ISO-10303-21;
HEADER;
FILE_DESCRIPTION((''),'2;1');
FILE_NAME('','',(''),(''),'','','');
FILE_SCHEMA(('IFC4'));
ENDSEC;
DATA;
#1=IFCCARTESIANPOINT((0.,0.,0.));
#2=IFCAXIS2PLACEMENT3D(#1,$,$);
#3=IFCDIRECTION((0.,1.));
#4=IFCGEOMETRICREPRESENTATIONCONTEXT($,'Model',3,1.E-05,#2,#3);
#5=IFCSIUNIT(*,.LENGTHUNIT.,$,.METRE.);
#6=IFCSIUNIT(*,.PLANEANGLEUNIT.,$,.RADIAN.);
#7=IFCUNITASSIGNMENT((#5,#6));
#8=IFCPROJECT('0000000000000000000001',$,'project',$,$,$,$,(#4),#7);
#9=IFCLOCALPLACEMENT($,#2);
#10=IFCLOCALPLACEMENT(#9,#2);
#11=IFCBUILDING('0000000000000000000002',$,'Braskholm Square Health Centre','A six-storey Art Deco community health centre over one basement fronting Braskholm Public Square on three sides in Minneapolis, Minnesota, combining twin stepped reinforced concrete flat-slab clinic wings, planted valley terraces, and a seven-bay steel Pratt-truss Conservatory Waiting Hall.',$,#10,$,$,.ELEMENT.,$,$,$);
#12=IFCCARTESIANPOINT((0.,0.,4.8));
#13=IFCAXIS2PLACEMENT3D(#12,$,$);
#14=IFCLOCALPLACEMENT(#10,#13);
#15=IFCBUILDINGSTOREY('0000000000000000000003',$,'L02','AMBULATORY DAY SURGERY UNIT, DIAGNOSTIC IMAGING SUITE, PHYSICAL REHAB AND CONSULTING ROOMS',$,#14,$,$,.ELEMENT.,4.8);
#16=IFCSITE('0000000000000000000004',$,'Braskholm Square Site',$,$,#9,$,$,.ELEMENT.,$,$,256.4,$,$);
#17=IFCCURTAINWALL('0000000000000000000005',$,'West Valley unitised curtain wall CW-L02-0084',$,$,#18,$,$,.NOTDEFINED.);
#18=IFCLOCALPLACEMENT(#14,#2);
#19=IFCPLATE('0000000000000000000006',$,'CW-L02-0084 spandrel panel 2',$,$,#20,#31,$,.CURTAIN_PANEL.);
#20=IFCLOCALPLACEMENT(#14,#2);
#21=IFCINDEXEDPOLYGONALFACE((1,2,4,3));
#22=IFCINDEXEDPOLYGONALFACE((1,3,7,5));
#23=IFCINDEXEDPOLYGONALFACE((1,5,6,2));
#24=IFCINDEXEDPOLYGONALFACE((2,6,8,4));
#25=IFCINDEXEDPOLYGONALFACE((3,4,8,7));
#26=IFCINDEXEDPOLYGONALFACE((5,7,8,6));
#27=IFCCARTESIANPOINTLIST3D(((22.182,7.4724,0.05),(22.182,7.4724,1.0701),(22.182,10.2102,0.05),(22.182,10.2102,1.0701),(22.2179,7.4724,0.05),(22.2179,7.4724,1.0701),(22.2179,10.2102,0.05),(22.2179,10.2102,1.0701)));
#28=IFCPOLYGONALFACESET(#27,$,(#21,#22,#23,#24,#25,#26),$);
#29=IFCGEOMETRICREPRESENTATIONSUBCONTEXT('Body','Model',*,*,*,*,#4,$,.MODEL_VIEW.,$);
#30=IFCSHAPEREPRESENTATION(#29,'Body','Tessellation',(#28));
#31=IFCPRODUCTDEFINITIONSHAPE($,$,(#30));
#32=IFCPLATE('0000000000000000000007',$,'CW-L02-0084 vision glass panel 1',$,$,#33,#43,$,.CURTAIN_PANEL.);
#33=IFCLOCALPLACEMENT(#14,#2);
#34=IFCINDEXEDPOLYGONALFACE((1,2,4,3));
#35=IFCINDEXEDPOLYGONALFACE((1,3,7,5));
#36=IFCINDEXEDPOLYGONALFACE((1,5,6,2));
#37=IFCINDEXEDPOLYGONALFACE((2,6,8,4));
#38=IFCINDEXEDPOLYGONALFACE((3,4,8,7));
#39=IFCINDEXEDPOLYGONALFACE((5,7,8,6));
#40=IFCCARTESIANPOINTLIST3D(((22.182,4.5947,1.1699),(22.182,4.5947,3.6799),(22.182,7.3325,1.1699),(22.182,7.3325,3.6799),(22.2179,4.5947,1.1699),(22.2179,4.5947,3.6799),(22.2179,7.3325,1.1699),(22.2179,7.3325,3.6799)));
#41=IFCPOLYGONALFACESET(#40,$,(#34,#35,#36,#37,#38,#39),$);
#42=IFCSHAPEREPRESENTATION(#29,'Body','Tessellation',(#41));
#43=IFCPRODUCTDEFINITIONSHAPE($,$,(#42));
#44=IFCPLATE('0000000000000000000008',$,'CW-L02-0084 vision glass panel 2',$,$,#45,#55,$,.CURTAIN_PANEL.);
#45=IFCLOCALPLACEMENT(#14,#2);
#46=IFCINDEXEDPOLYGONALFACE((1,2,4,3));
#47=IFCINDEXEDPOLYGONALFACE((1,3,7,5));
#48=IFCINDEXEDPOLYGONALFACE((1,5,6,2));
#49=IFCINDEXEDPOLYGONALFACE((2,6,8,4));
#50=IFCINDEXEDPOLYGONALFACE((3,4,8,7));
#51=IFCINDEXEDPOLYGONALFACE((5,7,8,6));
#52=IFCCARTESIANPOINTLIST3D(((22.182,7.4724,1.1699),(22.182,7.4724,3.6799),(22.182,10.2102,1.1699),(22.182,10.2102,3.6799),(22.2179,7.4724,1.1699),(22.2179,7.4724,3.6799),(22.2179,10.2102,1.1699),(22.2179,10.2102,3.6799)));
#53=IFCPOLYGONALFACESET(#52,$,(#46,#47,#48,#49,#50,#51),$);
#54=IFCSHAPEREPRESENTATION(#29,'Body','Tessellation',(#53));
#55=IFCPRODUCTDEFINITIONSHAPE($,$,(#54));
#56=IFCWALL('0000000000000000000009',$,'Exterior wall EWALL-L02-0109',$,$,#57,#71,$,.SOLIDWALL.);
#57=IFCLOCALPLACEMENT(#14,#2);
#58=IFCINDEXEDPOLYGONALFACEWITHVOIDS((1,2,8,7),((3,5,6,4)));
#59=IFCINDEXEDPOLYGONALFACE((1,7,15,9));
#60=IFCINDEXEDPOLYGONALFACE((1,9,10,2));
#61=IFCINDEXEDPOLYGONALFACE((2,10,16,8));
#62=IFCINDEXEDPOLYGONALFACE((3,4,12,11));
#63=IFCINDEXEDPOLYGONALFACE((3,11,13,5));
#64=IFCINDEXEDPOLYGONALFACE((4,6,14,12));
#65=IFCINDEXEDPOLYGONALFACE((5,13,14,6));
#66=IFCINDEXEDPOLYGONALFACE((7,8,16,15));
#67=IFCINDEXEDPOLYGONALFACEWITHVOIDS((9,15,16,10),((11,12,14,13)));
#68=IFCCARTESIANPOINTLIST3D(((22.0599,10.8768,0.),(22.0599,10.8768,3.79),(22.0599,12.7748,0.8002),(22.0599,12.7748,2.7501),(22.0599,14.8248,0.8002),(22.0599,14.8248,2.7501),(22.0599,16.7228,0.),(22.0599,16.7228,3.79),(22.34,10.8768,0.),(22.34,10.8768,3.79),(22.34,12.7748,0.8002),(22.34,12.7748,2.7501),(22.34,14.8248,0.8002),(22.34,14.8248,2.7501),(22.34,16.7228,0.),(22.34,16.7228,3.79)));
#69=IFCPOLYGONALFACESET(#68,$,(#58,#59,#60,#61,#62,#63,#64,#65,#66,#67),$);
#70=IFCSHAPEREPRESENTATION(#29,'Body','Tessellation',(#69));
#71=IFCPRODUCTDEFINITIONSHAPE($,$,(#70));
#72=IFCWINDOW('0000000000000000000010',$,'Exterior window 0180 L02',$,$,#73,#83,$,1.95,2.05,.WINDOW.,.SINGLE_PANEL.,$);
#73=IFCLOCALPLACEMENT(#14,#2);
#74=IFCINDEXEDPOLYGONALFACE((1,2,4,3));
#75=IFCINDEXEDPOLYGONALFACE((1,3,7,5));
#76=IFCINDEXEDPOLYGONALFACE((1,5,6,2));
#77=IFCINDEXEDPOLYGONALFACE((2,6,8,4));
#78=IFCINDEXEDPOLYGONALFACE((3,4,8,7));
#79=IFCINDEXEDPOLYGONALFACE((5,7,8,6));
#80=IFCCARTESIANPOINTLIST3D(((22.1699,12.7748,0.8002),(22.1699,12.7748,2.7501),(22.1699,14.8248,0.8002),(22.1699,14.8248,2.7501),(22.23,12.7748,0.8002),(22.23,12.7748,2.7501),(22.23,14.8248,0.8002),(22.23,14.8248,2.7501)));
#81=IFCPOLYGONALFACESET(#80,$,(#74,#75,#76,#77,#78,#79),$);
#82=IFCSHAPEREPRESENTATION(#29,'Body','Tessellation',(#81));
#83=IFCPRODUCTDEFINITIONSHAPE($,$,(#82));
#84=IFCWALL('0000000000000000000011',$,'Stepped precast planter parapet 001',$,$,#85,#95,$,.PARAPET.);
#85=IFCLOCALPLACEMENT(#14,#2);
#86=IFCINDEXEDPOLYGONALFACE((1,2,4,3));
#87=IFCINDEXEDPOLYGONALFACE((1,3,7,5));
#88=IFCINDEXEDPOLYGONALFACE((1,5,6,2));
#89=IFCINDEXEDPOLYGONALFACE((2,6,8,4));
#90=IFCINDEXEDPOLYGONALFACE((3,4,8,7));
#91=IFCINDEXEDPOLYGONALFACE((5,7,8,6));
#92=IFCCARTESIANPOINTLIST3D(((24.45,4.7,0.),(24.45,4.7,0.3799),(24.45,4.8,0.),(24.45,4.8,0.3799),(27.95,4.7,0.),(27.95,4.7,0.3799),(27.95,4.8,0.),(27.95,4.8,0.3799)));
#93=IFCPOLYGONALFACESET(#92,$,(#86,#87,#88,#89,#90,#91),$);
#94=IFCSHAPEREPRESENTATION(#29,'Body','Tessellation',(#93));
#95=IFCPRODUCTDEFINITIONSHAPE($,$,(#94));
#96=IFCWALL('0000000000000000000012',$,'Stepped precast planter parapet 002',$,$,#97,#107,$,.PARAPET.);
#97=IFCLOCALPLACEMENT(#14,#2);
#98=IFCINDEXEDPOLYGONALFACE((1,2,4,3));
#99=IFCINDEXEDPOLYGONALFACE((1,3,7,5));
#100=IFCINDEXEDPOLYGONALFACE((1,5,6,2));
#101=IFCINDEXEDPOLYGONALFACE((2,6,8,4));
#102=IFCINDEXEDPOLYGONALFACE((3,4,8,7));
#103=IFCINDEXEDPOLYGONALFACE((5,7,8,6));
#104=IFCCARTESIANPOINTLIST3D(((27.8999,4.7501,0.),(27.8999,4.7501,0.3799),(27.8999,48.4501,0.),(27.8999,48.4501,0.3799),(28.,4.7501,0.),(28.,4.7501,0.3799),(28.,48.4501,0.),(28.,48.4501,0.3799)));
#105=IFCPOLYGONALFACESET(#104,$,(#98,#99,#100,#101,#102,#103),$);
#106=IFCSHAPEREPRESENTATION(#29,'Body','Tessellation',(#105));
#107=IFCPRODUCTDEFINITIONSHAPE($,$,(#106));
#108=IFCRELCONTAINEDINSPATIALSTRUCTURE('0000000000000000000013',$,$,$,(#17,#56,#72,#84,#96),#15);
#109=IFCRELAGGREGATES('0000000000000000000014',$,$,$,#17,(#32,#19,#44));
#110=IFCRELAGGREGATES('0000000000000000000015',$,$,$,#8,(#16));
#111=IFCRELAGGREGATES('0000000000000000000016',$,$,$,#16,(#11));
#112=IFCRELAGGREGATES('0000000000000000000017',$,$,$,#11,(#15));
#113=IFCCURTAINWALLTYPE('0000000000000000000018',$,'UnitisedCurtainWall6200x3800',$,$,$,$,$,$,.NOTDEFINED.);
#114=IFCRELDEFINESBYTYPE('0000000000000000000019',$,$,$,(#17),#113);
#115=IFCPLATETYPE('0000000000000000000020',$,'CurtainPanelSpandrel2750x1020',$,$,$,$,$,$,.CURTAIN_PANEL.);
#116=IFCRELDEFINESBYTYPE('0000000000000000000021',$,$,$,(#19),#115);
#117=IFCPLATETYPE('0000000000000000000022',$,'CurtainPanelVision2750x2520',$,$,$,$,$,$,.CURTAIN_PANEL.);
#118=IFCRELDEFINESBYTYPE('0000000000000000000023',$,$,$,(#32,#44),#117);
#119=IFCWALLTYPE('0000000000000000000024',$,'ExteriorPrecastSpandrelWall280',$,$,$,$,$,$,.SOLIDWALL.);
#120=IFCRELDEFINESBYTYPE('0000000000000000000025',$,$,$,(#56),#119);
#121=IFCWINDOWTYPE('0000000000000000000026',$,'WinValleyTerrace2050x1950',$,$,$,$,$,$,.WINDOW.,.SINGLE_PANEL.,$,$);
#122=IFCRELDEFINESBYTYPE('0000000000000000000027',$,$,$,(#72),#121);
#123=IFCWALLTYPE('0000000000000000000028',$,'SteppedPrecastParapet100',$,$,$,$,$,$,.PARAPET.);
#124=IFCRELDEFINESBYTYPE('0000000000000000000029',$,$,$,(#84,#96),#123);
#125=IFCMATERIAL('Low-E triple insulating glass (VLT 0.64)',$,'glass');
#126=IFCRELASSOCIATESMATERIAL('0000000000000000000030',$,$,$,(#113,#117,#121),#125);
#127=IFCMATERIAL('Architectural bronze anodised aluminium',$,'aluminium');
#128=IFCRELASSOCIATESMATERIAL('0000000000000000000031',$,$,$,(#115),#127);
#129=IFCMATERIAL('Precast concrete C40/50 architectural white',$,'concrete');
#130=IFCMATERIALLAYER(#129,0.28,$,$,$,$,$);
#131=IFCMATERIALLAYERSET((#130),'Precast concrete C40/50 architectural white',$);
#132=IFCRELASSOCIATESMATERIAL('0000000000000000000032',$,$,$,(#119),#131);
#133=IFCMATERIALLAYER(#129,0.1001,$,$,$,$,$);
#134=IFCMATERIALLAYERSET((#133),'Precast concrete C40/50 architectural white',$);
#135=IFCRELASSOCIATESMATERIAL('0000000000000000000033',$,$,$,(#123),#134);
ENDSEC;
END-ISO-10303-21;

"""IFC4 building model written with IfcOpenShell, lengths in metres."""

from ifc_helpers import new_model, si_unit, direction, frame, frame_2d, origin, origin_with_axes, origin_2d, place, context, subcontext, project, spatial, rectangle, extrude, material, layer, layer_set, type_object, element, fill, aggregate, save


model = new_model("IFC4")

# Units and contexts
model_context = context("Model", 3, precision=1e-05, world=origin(), true_north=direction((0.0, 1.0)))
body_context = subcontext(model_context, "Body", "Model", "MODEL_VIEW")
ifc_project = project(units=[si_unit("LENGTHUNIT", "METRE"), si_unit("PLANEANGLEUNIT", "RADIAN")], contexts=[model_context])

# Site, building, storey
site_placement = place(None, origin())
site = spatial("IfcSite", under=ifc_project, at=site_placement, Name="Braskholm Square Site", CompositionType="ELEMENT", RefElevation=256.4)
building_placement = place(site_placement, origin())
building = spatial("IfcBuilding", under=site, at=building_placement, Name="Braskholm Square Health Centre", Description="A six-storey Art Deco community health centre over one basement fronting Braskholm Public Square on three sides in Minneapolis, Minnesota, combining twin stepped reinforced concrete flat-slab clinic wings, planted valley terraces, and a seven-bay steel Pratt-truss Conservatory Waiting Hall.", CompositionType="ELEMENT")
storey_placement = place(building_placement, frame((0.0, 0.0, 4.8)))
storey = spatial("IfcBuildingStorey", under=building, at=storey_placement, Name="L02", Description="AMBULATORY DAY SURGERY UNIT, DIAGNOSTIC IMAGING SUITE, PHYSICAL REHAB AND CONSULTING ROOMS", CompositionType="ELEMENT", Elevation=4.8)

# Curtain wall
ifc_material_1 = material(Name="Low-E triple insulating glass (VLT 0.64)", Category="glass")
curtain_wall_type = type_object("IfcCurtainWallType", Name="UnitisedCurtainWall6200x3800", PredefinedType="NOTDEFINED", material=ifc_material_1)
curtain_wall_1_placement = place(storey_placement, origin())
curtain_wall_1 = element("IfcCurtainWall", 1, at=curtain_wall_1_placement, inside=storey, type_object=curtain_wall_type, Name="West Valley unitised curtain wall CW-L02-0084", PredefinedType="NOTDEFINED")
ifc_material_2 = material(Name="Architectural bronze anodised aluminium", Category="aluminium")

# Shared definitions
ifc_material_3 = material(Name="Precast concrete C40/50 architectural white", Category="concrete")

# Plates
plate_type_1 = type_object("IfcPlateType", Name="CurtainPanelSpandrel2750x1020", PredefinedType="CURTAIN_PANEL", material=ifc_material_2)
plate_1_placement = place(storey_placement, frame((22.2, 8.8413, 0.05), z_axis=(0.0, 0.0, 1.0), x_axis=(0.0, 1.0, 0.0)))
plate_1 = element("IfcPlate", 2, at=plate_1_placement, type_object=plate_type_1, Name="CW-L02-0084 spandrel panel 2", PredefinedType="CURTAIN_PANEL", context=body_context, shape_type="SweptSolid", body=[
    extrude(rectangle(XDim=2.7378, YDim=0.0359, at=origin_2d()), origin(), (0.0, 0.0, 1.0), 1.02),
])
plate_type_2 = type_object("IfcPlateType", Name="CurtainPanelVision2750x2520", PredefinedType="CURTAIN_PANEL", material=ifc_material_1)
plate_2_placement = place(storey_placement, frame((22.2, 5.9636, 1.1699), z_axis=(0.0, 0.0, 1.0), x_axis=(0.0, 1.0, 0.0)))
plate_2 = element("IfcPlate", 3, at=plate_2_placement, type_object=plate_type_2, Name="CW-L02-0084 vision glass panel 1", PredefinedType="CURTAIN_PANEL", context=body_context, shape_type="SweptSolid", body=[
    extrude(rectangle(XDim=2.7378, YDim=0.0359, at=origin_2d()), origin(), (0.0, 0.0, 1.0), 2.51),
])
plate_3_placement = place(storey_placement, frame((22.2, 8.8413, 1.1699), z_axis=(0.0, 0.0, 1.0), x_axis=(0.0, 1.0, 0.0)))
plate_3 = element("IfcPlate", 4, at=plate_3_placement, type_object=plate_type_2, Name="CW-L02-0084 vision glass panel 2", PredefinedType="CURTAIN_PANEL", context=body_context, shape_type="SweptSolid", body=[
    extrude(rectangle(XDim=2.7378, YDim=0.0359, at=origin_2d()), origin(), (0.0, 0.0, 1.0), 2.51),
])
aggregate(curtain_wall_1, [plate_2, plate_1, plate_3])

# Wall, opening, window
ifc_layer_1 = layer(ifc_material_3, 0.28)
ifc_layer_set_1 = layer_set([ifc_layer_1], Name="Precast concrete C40/50 architectural white")
wall_type_1 = type_object("IfcWallType", Name="ExteriorPrecastSpandrelWall280", PredefinedType="SOLIDWALL", material=ifc_layer_set_1)
wall_1_placement = place(storey_placement, frame((22.2, 10.877, 0.0), z_axis=(0.0, 0.0, 1.0), x_axis=(0.0, 1.0, 0.0)))
wall_1 = element("IfcWall", 5, at=wall_1_placement, inside=storey, type_object=wall_type_1, Name="Exterior wall EWALL-L02-0109", PredefinedType="SOLIDWALL", context=body_context, shape_type="SweptSolid", body=[
    extrude(rectangle(XDim=5.8459, YDim=0.28, at=frame_2d((2.9229, 0.0))), origin(), (0.0, 0.0, 1.0), 3.79),
])
opening_placement = place(wall_1_placement, frame((1.8979, 0.0, 0.8)))
opening = element("IfcOpeningElement", 6, at=opening_placement, cuts=wall_1, PredefinedType="OPENING", context=body_context, shape_type="SweptSolid", body=[
    extrude(rectangle(XDim=2.05, YDim=1.95, at=frame_2d((1.0249, 0.9751))), frame((0.0, 0.1499, 0.0), z_axis=(0.0, -1.0, 0.0), x_axis=(1.0, 0.0, 0.0)), (0.0, 0.0, 1.0), 0.3),
])
window_type = type_object("IfcWindowType", Name="WinValleyTerrace2050x1950", PartitioningType="SINGLE_PANEL", PredefinedType="WINDOW", material=ifc_material_1)
window_placement = place(opening_placement, origin_with_axes())
window = element("IfcWindow", 7, at=window_placement, inside=storey, type_object=window_type, Name="Exterior window 0180 L02", OverallHeight=1.95, OverallWidth=2.05, PartitioningType="SINGLE_PANEL", PredefinedType="WINDOW", context=body_context, shape_type="SweptSolid", body=[
    extrude(rectangle(XDim=2.05, YDim=1.95, at=frame_2d((1.0249, 0.9751))), frame((0.0, 0.03, 0.0), z_axis=(0.0, -1.0, 0.0), x_axis=(1.0, 0.0, 0.0)), (0.0, 0.0, 1.0), 0.0601),
])
fill(opening, window)

# Walls
ifc_layer_2 = layer(ifc_material_3, 0.1001)
ifc_layer_set_2 = layer_set([ifc_layer_2], Name="Precast concrete C40/50 architectural white")
wall_type_2 = type_object("IfcWallType", Name="SteppedPrecastParapet100", PredefinedType="PARAPET", material=ifc_layer_set_2)
wall_2_placement = place(storey_placement, frame((24.45, 4.75, 0.0), z_axis=(0.0, 0.0, 1.0), x_axis=(1.0, 0.0, 0.0)))
element("IfcWall", 8, at=wall_2_placement, inside=storey, type_object=wall_type_2, Name="Stepped precast planter parapet 001", PredefinedType="PARAPET", context=body_context, shape_type="SweptSolid", body=[
    extrude(rectangle(XDim=3.5, YDim=0.1001, at=frame_2d((1.75, 0.0))), origin(), (0.0, 0.0, 1.0), 0.3799),
])
wall_3_placement = place(storey_placement, frame((27.95, 4.75, 0.0), z_axis=(0.0, 0.0, 1.0), x_axis=(0.0, 1.0, 0.0)))
element("IfcWall", 9, at=wall_3_placement, inside=storey, type_object=wall_type_2, Name="Stepped precast planter parapet 002", PredefinedType="PARAPET", context=body_context, shape_type="SweptSolid", body=[
    extrude(rectangle(XDim=43.7, YDim=0.1001, at=frame_2d((21.8501, 0.0))), origin(), (0.0, 0.0, 1.0), 0.3799),
])

save(model, "model.ifc")
